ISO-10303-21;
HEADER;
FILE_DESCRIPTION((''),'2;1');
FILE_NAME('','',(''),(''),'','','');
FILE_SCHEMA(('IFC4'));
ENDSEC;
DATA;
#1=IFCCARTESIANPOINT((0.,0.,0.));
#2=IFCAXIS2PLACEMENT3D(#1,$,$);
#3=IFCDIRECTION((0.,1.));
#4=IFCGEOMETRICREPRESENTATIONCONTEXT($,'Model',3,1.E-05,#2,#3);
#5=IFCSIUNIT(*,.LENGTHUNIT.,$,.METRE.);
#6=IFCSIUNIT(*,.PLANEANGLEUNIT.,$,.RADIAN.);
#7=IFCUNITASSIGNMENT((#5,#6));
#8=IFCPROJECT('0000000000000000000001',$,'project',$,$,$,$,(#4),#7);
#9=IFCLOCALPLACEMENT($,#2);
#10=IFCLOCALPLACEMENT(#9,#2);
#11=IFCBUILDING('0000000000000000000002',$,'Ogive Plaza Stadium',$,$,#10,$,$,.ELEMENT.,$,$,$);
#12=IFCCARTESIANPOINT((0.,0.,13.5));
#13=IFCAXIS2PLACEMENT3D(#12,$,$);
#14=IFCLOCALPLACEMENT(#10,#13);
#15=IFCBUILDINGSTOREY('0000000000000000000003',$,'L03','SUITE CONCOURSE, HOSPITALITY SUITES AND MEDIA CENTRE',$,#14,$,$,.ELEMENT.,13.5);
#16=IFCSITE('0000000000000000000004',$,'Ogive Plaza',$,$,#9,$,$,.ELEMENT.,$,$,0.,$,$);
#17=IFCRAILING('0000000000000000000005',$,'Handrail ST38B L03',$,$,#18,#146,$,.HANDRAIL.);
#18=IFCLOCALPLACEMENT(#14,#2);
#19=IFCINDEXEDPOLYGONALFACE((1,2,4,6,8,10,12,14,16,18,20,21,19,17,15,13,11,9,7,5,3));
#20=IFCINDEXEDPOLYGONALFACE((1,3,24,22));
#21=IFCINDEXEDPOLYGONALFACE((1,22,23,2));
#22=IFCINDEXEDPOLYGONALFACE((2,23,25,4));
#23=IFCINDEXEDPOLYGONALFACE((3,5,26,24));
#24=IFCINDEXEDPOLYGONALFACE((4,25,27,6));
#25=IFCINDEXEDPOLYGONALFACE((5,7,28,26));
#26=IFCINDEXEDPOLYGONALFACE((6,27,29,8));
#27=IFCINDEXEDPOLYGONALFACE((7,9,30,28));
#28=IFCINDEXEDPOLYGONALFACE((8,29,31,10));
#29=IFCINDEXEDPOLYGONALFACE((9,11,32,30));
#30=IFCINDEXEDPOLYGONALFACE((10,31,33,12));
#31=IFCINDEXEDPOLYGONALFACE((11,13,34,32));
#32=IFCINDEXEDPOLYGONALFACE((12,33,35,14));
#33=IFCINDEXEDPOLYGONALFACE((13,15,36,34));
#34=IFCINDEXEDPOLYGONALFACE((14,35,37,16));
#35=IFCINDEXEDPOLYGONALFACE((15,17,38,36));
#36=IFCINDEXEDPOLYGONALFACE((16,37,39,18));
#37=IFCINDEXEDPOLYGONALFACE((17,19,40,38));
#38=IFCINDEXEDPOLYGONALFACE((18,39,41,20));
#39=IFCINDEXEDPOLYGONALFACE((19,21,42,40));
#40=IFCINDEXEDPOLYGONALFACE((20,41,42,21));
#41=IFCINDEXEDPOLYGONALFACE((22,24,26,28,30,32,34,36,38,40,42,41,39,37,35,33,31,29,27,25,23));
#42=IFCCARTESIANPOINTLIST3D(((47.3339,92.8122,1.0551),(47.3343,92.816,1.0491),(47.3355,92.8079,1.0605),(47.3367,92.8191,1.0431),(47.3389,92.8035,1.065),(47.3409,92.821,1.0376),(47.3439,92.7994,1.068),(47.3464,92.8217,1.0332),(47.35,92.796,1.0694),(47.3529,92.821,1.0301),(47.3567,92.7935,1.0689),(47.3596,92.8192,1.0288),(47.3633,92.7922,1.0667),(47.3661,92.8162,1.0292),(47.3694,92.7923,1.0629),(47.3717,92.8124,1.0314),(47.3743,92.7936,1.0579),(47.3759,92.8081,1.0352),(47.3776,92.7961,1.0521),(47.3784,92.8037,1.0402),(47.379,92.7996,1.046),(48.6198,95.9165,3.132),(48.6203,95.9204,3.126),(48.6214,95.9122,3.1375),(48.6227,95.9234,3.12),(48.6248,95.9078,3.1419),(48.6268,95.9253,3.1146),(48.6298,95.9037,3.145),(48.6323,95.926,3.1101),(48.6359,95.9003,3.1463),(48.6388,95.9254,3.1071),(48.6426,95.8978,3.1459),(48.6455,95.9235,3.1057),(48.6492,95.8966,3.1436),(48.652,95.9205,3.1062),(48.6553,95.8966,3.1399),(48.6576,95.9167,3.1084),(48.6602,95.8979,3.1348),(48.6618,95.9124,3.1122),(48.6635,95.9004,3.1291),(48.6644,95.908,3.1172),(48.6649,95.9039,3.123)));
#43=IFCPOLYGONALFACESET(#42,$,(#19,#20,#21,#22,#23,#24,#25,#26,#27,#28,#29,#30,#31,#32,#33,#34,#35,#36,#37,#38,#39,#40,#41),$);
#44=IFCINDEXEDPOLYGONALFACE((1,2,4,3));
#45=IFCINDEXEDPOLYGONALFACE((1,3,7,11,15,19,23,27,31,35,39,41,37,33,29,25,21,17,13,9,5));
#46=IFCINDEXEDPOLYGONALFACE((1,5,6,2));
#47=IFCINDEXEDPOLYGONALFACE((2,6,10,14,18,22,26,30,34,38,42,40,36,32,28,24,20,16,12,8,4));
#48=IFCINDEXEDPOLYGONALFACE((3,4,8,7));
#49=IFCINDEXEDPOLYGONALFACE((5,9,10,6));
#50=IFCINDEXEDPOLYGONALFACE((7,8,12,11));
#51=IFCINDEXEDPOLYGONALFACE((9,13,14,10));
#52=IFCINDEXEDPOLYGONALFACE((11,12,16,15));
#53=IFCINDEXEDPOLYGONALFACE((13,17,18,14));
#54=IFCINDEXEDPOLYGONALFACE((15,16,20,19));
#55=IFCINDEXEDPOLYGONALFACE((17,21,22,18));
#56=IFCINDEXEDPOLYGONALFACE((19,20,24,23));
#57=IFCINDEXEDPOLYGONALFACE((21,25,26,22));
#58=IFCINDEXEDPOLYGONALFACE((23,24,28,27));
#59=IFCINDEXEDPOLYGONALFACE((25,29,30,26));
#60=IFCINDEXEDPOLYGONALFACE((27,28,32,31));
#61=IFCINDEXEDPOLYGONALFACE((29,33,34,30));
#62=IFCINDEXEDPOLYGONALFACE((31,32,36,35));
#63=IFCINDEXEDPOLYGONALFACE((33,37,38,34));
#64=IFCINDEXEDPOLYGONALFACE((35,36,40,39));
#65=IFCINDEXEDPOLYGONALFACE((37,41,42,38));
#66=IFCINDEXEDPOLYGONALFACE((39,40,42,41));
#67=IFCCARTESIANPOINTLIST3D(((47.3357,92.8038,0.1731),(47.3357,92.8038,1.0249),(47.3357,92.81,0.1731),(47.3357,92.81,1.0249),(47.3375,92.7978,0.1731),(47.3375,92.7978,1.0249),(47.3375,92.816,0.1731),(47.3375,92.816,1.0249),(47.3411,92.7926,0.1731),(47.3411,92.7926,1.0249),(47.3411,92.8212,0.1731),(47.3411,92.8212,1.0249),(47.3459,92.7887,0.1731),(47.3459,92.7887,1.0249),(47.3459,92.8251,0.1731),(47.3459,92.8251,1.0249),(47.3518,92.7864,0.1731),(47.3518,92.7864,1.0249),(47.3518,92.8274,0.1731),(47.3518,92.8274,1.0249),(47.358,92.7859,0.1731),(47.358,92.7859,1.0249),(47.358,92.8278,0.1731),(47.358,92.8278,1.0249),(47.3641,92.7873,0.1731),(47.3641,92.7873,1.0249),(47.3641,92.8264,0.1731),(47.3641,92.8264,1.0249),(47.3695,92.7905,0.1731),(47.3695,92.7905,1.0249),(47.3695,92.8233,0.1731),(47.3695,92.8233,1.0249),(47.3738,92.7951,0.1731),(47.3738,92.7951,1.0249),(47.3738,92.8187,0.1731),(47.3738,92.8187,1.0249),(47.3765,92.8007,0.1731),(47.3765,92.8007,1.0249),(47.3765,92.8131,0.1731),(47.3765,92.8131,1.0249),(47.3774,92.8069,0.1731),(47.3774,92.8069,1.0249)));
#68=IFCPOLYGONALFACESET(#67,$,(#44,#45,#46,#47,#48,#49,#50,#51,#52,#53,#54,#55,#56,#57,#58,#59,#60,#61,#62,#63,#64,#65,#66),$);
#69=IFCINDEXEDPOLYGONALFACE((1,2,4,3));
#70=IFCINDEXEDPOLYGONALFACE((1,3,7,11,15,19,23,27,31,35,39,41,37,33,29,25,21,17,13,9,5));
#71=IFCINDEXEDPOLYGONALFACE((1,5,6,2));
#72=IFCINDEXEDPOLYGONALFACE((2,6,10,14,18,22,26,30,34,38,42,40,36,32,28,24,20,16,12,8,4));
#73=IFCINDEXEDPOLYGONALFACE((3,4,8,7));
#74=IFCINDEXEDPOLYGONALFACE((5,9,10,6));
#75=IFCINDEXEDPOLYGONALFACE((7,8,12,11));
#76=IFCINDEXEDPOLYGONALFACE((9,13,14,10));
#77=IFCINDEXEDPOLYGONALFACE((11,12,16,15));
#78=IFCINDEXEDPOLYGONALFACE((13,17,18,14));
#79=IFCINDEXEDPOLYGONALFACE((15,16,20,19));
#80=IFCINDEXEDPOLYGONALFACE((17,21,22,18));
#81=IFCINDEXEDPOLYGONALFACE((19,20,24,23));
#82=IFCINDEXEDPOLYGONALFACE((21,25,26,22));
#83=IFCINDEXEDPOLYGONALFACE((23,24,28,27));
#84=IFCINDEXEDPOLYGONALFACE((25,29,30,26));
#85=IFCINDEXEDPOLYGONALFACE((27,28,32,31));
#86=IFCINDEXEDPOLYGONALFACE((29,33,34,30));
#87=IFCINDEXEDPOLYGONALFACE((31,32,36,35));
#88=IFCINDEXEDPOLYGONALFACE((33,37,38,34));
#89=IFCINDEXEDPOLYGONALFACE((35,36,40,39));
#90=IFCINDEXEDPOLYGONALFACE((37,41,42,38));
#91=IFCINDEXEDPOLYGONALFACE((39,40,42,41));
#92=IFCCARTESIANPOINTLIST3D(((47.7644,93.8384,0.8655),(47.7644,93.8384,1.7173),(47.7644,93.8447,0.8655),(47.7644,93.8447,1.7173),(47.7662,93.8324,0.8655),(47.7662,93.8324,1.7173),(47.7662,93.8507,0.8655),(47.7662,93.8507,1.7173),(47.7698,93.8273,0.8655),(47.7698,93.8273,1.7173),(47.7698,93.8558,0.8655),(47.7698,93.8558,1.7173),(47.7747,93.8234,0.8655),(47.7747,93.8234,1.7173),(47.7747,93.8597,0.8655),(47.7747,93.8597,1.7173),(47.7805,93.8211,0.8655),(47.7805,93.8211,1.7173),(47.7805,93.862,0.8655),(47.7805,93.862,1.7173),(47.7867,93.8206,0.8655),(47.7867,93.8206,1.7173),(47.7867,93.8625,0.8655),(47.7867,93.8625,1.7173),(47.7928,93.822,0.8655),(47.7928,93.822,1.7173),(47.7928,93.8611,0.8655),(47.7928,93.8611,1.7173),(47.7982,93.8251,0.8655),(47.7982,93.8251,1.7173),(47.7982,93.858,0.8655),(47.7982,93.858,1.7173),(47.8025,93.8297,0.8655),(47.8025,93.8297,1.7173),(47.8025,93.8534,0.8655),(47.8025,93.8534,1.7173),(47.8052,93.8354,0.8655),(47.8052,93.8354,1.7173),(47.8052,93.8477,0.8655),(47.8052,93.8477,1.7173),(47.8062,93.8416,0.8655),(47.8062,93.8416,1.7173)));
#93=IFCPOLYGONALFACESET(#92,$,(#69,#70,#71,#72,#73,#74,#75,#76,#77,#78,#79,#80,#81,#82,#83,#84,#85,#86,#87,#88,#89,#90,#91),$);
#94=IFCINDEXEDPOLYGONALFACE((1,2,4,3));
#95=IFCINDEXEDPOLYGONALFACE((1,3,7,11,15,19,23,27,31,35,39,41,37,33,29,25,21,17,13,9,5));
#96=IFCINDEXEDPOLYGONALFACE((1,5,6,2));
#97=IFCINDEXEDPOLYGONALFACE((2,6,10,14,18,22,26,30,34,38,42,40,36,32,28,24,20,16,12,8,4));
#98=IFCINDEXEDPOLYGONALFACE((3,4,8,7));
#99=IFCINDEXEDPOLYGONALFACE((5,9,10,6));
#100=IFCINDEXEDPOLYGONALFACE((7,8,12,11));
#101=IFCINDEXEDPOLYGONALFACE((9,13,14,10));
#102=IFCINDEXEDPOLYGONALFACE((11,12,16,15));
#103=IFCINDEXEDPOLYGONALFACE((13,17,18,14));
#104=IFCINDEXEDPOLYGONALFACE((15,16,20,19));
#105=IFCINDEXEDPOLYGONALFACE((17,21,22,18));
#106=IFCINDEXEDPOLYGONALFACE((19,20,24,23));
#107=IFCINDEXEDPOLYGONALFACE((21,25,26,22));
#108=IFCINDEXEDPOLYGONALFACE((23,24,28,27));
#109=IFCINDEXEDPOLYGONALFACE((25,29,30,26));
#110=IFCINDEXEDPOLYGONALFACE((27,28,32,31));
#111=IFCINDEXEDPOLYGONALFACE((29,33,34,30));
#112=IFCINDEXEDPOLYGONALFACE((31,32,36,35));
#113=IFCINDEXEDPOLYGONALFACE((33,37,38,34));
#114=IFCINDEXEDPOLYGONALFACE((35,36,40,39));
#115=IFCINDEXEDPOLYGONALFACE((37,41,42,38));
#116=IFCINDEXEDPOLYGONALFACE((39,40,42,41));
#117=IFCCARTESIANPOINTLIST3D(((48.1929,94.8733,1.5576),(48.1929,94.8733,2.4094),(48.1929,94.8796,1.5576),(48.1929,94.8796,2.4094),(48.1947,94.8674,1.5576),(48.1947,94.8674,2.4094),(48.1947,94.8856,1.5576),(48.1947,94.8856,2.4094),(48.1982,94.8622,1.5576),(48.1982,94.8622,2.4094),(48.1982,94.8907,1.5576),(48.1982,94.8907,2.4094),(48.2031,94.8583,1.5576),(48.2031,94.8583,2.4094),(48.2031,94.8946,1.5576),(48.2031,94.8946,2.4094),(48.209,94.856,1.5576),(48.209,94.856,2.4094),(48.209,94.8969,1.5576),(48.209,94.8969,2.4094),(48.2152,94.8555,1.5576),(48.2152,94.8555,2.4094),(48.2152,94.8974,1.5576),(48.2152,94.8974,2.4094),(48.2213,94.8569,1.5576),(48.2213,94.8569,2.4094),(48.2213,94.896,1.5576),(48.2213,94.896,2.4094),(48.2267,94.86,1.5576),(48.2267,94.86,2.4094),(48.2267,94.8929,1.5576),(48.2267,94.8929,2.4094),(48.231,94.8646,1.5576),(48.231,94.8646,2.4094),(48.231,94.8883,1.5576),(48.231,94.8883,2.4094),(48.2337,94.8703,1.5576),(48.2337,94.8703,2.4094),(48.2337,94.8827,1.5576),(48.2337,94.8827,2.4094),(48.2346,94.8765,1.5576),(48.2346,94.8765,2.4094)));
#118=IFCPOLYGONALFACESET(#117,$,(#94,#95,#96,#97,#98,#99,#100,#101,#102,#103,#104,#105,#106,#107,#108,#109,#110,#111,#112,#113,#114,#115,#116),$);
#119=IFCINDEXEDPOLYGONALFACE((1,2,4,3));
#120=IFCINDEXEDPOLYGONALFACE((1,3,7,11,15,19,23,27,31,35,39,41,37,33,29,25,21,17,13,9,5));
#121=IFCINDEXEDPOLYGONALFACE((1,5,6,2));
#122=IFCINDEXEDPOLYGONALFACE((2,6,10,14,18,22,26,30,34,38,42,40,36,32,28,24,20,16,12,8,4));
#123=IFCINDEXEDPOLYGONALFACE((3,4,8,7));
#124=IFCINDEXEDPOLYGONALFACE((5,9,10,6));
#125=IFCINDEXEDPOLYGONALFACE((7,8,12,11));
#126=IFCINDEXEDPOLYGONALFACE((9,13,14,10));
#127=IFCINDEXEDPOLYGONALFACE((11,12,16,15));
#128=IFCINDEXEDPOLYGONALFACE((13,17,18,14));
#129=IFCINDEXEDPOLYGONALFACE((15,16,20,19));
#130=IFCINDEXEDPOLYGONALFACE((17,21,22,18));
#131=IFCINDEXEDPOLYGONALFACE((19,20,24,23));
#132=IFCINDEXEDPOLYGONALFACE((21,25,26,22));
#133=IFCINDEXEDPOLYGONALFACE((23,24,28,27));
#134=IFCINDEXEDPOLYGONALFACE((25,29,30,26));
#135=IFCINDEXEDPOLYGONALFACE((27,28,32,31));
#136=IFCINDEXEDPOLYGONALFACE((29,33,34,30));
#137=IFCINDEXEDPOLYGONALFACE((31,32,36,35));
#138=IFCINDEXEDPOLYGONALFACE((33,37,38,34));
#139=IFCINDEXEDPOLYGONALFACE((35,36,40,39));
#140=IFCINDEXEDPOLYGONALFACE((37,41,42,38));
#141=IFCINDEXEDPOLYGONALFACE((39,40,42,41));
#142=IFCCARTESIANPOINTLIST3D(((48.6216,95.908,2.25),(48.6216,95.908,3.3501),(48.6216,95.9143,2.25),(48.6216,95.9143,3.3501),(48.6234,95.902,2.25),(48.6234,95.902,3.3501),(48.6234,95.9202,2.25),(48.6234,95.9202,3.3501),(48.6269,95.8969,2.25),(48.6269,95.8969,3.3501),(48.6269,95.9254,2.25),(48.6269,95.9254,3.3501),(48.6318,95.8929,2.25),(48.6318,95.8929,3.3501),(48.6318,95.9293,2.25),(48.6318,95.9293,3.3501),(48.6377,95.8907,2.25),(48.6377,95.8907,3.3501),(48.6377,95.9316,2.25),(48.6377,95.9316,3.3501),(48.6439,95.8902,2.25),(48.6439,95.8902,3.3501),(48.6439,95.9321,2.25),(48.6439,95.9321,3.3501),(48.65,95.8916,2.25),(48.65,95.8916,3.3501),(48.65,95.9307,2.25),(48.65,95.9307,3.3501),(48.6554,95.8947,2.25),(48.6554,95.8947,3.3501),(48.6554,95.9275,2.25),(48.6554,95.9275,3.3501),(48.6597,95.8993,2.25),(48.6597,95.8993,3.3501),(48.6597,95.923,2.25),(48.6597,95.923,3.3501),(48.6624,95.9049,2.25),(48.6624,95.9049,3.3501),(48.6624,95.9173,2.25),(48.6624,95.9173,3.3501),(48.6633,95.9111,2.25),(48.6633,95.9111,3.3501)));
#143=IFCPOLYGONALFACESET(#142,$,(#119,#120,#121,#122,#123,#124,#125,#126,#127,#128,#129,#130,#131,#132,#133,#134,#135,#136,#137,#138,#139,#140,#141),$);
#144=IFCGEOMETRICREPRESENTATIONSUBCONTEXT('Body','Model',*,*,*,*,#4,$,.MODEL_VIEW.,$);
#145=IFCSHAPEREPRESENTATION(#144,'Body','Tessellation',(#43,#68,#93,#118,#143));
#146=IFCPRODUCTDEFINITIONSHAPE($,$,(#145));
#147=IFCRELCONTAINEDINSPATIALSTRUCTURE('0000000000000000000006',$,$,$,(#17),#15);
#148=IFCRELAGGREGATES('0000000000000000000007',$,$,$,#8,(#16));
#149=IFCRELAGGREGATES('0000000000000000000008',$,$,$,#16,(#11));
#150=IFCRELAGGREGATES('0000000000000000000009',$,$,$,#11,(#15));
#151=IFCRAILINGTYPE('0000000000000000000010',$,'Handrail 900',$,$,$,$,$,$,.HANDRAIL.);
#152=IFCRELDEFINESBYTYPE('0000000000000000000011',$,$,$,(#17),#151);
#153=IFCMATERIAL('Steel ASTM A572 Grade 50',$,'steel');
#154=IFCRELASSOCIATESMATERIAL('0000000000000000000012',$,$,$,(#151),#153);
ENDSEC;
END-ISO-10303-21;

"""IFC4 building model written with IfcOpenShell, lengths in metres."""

from ifc_helpers import new_model, si_unit, direction, frame, origin, origin_2d, place, context, subcontext, project, spatial, circle, extrude, material, type_object, element, save


model = new_model("IFC4")

# Units and contexts
model_context = context("Model", 3, precision=1e-05, world=origin(), true_north=direction((0.0, 1.0)))
body_context = subcontext(model_context, "Body", "Model", "MODEL_VIEW")
ifc_project = project(units=[si_unit("LENGTHUNIT", "METRE"), si_unit("PLANEANGLEUNIT", "RADIAN")], contexts=[model_context])

# Site, building, storey
site_placement = place(None, origin())
site = spatial("IfcSite", under=ifc_project, at=site_placement, Name="Ogive Plaza", CompositionType="ELEMENT", RefElevation=0.0)
building_placement = place(site_placement, origin())
building = spatial("IfcBuilding", under=site, at=building_placement, Name="Ogive Plaza Stadium", CompositionType="ELEMENT")
storey_placement = place(building_placement, frame((0.0, 0.0, 13.5)))
storey = spatial("IfcBuildingStorey", under=building, at=storey_placement, Name="L03", Description="SUITE CONCOURSE, HOSPITALITY SUITES AND MEDIA CENTRE", CompositionType="ELEMENT", Elevation=13.5)

# Railing
ifc_material_1 = material(Name="Steel ASTM A572 Grade 50", Category="steel")
railing_type_1 = type_object("IfcRailingType", Name="Handrail 900", PredefinedType="HANDRAIL", material=ifc_material_1)
for number, where, name in (
    (1, (47.3564, 92.8069, 0.1731), "Handrail ST38B L03"),
):
    element("IfcRailing", number, at=place(storey_placement, frame(where)), inside=storey, type_object=railing_type_1, Name=name, PredefinedType="HANDRAIL", context=body_context, shape_type="SweptSolid", body=[
        extrude(circle(Radius=0.0239, at=origin_2d()), frame((0.0, 0.0, 0.876), z_axis=(0.325532, 0.785863, 0.525783), x_axis=(-0.923872, 0.3827, 0.0)), (0.0, 0.0, 1.0), 3.9502),
        extrude(circle(Radius=0.021, at=origin_2d()), origin(), (0.0, 0.0, 1.0), 0.8518),
        extrude(circle(Radius=0.021, at=origin_2d()), frame((0.4287, 1.0347, 0.6924)), (0.0, 0.0, 1.0), 0.8518),
        extrude(circle(Radius=0.021, at=origin_2d()), frame((0.8572, 2.0696, 1.3845)), (0.0, 0.0, 1.0), 0.8518),
        extrude(circle(Radius=0.021, at=origin_2d()), frame((1.2859, 3.1042, 2.0769)), (0.0, 0.0, 1.0), 1.1001),
    ])

save(model, "model.ifc")
